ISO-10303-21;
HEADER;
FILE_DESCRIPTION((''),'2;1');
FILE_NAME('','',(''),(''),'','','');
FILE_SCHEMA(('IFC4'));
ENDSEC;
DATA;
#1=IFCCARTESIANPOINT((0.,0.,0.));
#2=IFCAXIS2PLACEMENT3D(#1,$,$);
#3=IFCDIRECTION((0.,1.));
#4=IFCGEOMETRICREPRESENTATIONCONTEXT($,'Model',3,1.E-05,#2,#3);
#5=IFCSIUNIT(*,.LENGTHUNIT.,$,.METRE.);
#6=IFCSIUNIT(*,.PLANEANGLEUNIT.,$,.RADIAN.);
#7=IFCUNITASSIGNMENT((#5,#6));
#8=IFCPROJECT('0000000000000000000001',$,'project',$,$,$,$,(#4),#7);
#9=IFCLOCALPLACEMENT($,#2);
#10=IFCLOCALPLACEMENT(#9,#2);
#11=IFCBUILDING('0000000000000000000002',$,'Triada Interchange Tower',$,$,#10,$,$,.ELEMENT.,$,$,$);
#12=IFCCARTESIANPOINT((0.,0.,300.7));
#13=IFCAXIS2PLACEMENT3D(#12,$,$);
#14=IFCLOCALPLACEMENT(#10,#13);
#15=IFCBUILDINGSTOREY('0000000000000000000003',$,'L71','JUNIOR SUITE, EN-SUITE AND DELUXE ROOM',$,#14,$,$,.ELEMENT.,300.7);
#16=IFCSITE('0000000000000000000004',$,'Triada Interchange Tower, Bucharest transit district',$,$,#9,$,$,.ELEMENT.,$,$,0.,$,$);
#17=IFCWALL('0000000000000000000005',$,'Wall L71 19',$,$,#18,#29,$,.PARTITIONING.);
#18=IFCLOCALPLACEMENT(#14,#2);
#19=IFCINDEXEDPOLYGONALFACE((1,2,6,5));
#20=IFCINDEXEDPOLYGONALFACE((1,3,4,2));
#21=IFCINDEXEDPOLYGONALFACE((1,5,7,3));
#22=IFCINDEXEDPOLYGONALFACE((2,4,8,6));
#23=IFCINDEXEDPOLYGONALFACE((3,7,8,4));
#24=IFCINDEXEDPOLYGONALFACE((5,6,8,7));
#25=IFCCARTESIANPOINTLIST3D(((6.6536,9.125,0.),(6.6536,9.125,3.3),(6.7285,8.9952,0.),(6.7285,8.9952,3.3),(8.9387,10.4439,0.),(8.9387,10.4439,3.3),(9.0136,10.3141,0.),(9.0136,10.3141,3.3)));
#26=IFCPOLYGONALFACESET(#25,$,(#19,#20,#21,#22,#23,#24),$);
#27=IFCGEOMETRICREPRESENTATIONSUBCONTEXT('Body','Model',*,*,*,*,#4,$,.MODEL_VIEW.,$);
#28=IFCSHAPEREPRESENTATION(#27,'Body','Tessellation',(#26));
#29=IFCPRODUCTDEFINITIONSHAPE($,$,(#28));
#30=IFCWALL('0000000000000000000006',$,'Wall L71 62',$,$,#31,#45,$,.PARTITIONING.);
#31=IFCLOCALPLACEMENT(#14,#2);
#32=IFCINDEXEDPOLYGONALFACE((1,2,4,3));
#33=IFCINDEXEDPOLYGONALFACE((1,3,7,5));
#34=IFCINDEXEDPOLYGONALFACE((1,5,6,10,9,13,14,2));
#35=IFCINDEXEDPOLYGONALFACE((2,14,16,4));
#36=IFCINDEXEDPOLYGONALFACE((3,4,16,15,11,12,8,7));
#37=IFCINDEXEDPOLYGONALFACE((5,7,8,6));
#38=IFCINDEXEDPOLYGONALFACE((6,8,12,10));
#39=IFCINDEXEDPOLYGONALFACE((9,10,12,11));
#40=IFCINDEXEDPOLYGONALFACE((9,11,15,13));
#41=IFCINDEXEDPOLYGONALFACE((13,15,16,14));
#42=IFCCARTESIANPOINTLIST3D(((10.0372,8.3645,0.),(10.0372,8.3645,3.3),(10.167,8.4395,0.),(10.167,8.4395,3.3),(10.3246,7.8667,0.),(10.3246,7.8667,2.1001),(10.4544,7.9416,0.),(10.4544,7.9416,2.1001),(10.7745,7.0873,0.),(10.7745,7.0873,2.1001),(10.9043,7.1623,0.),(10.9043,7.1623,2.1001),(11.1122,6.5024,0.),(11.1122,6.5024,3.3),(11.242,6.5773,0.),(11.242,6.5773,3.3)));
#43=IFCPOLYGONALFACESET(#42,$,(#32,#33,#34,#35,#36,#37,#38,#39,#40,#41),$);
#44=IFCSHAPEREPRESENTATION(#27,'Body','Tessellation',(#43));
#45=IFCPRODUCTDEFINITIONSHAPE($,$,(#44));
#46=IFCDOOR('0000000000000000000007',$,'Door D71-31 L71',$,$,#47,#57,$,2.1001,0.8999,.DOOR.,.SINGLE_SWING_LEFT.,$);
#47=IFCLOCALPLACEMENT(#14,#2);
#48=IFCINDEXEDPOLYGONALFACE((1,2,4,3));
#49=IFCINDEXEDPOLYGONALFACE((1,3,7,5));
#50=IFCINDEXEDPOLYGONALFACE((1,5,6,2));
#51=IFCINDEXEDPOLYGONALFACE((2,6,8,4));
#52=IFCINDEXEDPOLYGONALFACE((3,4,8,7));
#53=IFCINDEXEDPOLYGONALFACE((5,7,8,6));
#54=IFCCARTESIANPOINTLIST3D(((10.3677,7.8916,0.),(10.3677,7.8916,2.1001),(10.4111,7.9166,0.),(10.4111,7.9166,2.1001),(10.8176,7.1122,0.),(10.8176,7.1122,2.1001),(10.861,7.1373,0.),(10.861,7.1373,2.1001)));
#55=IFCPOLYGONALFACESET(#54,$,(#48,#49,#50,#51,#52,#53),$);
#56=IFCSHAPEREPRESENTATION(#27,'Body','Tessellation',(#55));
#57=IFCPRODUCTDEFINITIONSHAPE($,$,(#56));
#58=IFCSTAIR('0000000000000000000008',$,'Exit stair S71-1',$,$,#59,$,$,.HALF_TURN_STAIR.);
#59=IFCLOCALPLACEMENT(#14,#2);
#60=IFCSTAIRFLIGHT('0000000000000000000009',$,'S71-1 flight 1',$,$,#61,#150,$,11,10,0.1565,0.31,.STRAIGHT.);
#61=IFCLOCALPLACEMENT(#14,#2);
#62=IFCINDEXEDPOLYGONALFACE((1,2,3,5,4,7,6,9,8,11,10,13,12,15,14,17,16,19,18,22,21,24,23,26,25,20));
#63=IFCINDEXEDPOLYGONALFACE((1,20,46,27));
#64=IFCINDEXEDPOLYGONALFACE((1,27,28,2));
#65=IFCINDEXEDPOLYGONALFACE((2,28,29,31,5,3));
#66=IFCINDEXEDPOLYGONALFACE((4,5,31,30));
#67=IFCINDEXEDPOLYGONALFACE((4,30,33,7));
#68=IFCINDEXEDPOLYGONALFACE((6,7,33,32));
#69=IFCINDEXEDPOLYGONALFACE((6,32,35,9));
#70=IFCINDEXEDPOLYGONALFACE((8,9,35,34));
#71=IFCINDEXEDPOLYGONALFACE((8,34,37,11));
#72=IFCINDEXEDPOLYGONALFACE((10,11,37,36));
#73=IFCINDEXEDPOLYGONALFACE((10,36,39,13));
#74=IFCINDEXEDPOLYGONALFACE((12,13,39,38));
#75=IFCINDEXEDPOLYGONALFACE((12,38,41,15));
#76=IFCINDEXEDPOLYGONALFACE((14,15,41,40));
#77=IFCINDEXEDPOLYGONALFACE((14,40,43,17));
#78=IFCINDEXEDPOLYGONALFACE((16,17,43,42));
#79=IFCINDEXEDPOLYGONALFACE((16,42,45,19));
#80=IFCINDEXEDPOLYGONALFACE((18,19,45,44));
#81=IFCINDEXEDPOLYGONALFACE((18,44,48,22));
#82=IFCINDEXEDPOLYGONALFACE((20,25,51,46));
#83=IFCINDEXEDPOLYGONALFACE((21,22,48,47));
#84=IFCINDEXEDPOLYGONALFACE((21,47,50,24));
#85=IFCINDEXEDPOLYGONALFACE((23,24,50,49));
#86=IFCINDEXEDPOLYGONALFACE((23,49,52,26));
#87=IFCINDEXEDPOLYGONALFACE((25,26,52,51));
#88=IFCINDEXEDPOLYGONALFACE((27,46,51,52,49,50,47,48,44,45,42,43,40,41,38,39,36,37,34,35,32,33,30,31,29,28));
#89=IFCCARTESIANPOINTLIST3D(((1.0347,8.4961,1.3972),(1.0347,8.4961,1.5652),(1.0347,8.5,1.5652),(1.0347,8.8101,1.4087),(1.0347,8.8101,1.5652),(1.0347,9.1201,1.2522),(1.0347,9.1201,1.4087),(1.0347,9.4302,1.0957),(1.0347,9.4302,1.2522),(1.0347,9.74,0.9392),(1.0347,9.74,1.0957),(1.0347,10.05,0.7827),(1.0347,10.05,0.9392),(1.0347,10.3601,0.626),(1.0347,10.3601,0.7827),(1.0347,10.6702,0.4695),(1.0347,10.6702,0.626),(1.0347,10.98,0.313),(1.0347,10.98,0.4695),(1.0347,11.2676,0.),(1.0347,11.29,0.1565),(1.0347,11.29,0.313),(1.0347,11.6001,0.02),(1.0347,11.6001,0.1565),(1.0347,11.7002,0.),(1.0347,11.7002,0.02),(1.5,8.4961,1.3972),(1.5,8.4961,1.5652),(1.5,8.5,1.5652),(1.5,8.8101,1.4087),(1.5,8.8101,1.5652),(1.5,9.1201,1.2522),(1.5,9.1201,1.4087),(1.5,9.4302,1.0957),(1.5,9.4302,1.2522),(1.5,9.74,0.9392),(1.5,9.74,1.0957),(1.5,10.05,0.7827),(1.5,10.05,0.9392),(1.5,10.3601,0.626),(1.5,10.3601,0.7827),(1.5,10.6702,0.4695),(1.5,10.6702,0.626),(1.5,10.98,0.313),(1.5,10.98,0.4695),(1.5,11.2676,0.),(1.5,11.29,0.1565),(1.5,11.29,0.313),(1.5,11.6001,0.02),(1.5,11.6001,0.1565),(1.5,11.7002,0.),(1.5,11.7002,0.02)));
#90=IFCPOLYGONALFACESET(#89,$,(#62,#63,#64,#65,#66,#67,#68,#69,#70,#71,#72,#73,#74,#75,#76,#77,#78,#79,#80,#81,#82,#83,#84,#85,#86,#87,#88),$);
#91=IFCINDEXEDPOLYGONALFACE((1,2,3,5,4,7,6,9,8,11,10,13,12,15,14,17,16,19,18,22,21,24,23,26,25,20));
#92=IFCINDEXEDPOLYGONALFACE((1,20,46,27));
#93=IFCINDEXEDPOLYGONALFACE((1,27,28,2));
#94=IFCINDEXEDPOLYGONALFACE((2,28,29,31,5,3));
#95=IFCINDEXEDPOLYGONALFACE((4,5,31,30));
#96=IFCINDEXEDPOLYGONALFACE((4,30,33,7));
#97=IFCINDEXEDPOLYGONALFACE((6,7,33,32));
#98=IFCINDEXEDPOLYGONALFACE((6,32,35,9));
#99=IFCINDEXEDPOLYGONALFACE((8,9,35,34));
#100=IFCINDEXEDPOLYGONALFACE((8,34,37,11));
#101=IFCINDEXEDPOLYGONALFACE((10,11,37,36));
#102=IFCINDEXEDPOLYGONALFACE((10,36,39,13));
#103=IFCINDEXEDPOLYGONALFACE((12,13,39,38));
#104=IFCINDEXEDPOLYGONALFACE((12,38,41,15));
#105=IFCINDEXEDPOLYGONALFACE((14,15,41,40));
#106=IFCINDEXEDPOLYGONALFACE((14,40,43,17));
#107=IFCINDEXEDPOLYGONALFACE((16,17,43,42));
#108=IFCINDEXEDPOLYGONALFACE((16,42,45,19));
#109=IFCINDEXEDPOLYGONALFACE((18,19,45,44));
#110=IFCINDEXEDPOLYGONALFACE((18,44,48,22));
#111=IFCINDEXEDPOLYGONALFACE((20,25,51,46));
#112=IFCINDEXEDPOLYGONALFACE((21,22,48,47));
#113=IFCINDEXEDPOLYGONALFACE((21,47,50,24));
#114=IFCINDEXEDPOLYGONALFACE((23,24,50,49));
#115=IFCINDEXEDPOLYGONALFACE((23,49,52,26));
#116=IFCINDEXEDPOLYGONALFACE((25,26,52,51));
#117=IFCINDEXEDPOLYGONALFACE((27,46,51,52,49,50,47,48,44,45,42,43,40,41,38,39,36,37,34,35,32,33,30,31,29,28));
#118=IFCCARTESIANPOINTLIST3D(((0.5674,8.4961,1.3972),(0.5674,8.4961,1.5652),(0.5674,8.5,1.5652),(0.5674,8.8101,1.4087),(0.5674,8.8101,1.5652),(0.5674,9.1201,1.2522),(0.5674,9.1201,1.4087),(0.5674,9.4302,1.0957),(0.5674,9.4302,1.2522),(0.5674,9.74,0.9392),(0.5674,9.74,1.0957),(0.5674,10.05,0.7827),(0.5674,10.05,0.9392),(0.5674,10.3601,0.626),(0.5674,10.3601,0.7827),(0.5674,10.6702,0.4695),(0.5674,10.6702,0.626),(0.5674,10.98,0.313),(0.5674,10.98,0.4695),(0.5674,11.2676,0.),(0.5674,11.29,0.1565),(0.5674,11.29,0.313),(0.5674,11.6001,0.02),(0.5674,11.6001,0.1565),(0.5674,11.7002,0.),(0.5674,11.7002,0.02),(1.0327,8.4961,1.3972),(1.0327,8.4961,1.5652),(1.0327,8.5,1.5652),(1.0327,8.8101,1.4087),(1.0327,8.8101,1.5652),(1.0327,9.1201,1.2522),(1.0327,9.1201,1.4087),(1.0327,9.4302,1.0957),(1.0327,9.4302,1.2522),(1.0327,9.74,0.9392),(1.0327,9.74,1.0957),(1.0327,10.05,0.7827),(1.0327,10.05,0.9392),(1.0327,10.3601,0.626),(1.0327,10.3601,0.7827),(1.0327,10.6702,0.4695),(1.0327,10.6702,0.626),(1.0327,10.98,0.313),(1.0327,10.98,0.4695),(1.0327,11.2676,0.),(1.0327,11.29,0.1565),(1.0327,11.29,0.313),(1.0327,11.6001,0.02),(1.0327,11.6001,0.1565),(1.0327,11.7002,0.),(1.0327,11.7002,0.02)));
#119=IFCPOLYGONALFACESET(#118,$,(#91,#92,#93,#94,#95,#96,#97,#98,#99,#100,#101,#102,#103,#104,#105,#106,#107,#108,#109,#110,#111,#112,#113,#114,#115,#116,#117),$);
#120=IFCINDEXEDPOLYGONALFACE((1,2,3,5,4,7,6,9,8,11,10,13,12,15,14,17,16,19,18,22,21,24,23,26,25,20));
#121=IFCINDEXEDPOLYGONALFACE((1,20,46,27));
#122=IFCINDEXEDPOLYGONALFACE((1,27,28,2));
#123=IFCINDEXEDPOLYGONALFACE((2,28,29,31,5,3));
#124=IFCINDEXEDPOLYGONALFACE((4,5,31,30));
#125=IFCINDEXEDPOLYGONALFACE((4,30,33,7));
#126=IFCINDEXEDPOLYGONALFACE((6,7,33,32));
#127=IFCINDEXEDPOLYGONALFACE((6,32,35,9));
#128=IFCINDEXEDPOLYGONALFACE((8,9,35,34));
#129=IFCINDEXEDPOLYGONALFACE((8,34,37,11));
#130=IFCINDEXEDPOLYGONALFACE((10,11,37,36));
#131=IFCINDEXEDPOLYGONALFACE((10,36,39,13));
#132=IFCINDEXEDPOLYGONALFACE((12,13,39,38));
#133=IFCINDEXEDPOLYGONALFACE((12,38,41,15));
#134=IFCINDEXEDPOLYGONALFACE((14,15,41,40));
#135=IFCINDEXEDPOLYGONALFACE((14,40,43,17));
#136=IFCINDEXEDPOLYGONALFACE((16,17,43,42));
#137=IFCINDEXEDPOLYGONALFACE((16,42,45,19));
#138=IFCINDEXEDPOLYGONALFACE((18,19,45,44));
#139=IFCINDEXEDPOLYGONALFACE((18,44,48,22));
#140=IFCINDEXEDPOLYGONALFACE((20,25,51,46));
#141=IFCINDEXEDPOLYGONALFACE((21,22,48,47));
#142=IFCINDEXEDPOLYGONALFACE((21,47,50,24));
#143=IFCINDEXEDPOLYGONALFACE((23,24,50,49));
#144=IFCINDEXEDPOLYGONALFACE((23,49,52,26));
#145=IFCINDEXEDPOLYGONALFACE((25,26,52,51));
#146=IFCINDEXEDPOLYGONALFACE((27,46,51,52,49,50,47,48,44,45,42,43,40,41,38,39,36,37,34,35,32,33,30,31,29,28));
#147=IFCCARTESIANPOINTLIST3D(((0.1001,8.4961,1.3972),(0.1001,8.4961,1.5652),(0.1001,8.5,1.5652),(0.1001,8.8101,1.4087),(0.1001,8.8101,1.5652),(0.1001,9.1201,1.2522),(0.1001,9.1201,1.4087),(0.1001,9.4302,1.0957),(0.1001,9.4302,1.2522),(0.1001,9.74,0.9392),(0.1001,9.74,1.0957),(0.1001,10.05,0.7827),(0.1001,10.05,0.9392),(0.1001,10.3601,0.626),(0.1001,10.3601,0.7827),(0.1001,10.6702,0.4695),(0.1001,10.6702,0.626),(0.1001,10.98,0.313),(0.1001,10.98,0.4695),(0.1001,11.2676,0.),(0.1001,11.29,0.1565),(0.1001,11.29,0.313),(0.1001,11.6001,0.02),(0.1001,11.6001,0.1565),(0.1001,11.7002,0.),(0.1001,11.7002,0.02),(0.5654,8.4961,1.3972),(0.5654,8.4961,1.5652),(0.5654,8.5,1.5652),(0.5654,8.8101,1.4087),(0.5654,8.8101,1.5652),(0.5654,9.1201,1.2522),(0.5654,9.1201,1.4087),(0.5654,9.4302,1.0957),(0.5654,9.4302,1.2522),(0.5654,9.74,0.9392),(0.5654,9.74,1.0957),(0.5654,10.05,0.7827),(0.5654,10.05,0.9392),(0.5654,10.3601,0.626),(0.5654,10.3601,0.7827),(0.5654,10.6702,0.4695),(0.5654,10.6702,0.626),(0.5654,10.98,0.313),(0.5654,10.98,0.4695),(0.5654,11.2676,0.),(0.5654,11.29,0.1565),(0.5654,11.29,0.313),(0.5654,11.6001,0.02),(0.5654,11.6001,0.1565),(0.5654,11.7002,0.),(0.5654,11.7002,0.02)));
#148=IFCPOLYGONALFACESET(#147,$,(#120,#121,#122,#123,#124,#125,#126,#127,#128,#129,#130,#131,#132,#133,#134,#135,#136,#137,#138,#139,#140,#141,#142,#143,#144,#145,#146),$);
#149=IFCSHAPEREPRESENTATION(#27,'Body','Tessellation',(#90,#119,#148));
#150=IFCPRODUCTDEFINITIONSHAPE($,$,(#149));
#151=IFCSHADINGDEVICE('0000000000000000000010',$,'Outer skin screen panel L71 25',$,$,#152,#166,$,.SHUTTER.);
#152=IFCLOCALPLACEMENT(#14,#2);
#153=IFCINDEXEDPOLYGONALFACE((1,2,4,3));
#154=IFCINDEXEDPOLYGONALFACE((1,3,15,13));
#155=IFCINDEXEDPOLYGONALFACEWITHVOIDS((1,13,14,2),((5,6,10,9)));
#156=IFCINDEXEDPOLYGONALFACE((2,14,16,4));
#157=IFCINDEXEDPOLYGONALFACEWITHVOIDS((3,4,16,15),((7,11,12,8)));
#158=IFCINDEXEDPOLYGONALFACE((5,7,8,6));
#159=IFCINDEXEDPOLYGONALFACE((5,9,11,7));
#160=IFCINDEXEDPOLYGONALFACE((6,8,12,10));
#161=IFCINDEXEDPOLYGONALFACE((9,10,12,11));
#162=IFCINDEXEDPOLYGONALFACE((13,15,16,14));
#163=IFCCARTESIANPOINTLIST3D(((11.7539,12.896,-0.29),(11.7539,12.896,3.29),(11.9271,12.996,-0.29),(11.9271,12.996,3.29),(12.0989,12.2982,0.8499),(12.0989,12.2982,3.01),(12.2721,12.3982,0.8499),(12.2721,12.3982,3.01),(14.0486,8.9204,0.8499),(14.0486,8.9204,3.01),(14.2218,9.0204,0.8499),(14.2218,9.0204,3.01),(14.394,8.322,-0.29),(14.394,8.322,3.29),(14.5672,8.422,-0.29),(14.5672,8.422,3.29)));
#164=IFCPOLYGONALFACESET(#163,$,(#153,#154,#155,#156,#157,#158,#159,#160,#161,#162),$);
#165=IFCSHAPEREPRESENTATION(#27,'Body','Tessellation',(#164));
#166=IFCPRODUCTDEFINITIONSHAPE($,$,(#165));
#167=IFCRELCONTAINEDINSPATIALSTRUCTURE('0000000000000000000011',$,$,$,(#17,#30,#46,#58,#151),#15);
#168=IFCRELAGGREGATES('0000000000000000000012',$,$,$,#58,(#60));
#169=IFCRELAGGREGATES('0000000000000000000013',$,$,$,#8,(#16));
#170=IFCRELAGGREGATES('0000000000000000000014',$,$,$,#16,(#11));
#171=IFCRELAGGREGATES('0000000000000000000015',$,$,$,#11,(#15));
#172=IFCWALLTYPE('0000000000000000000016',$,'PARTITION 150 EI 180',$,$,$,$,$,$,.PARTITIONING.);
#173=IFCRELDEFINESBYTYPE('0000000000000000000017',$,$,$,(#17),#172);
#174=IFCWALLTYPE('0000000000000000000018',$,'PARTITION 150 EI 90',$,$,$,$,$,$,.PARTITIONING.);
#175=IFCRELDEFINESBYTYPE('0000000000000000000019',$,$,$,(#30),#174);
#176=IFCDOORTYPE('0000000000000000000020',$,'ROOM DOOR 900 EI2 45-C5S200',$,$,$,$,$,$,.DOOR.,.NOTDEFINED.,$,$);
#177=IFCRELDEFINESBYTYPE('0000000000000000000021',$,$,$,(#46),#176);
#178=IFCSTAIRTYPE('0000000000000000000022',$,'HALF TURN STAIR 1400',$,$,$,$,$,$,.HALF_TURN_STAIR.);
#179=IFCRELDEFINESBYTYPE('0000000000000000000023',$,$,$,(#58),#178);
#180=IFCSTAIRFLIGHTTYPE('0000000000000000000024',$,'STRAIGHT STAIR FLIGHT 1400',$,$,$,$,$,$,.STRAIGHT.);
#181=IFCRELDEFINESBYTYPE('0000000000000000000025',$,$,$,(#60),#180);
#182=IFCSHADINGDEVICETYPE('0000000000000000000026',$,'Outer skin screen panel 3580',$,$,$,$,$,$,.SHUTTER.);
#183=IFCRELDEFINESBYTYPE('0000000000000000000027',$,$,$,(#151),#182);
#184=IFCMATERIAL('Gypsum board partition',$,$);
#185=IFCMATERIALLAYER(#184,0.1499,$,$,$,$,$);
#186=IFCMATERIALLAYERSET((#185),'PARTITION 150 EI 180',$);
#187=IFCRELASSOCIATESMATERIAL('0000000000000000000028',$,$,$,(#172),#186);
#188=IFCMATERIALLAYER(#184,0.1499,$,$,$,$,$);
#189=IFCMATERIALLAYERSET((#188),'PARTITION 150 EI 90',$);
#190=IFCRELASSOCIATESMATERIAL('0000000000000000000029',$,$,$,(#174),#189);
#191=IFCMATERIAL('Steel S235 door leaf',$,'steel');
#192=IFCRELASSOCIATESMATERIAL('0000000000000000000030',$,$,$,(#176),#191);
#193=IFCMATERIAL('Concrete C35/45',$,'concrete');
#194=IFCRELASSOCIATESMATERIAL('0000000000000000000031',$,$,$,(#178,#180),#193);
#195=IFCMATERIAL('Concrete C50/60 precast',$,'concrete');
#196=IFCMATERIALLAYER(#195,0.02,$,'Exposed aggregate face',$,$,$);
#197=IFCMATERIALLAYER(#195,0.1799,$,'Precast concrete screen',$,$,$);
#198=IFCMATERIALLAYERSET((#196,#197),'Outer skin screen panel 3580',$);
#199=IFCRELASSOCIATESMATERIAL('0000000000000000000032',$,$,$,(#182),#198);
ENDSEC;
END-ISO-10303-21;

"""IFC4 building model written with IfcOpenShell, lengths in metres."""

from ifc_helpers import new_model, si_unit, direction, frame, frame_2d, origin, place, context, subcontext, project, spatial, polyline, rectangle, outline, extrude, material, layer, layer_set, type_object, element, fill, aggregate, save


model = new_model("IFC4")

# Units and contexts
model_context = context("Model", 3, precision=1e-05, world=origin(), true_north=direction((0.0, 1.0)))
body_context = subcontext(model_context, "Body", "Model", "MODEL_VIEW")
ifc_project = project(units=[si_unit("LENGTHUNIT", "METRE"), si_unit("PLANEANGLEUNIT", "RADIAN")], contexts=[model_context])

# Site, building, storey
site_placement = place(None, origin())
site = spatial("IfcSite", under=ifc_project, at=site_placement, Name="Triada Interchange Tower, Bucharest transit district", CompositionType="ELEMENT", RefElevation=0.0)
building_placement = place(site_placement, origin())
building = spatial("IfcBuilding", under=site, at=building_placement, Name="Triada Interchange Tower", CompositionType="ELEMENT")
storey_placement = place(building_placement, frame((0.0, 0.0, 300.7)))
storey = spatial("IfcBuildingStorey", under=building, at=storey_placement, Name="L71", Description="JUNIOR SUITE, EN-SUITE AND DELUXE ROOM", CompositionType="ELEMENT", Elevation=300.7)

# Shared definitions
ifc_material_1 = material(Name="Steel S235 door leaf", Category="steel")

# Wall
ifc_material_2 = material(Name="Gypsum board partition")
ifc_layer_1 = layer(ifc_material_2, 0.1499)
ifc_layer_set_1 = layer_set([ifc_layer_1], Name="PARTITION 150 EI 180")
wall_type_1 = type_object("IfcWallType", Name="PARTITION 150 EI 180", PredefinedType="PARTITIONING", material=ifc_layer_set_1)
wall_1_placement = place(storey_placement, frame((6.6909, 9.0601, 0.0), z_axis=(0.0, 0.0, 1.0), x_axis=(0.866105, 0.499861, 0.0)))
element("IfcWall", 1, at=wall_1_placement, inside=storey, type_object=wall_type_1, Name="Wall L71 19", PredefinedType="PARTITIONING", context=body_context, shape_type="SweptSolid", body=[
    extrude(rectangle(XDim=2.6384, YDim=0.1499, at=frame_2d((1.3193, 0.0))), origin(), (0.0, 0.0, 1.0), 3.3),
])

# Wall, opening, door
ifc_layer_2 = layer(ifc_material_2, 0.1499)
ifc_layer_set_2 = layer_set([ifc_layer_2], Name="PARTITION 150 EI 90")
wall_type_2 = type_object("IfcWallType", Name="PARTITION 150 EI 90", PredefinedType="PARTITIONING", material=ifc_layer_set_2)
wall_2_placement = place(storey_placement, frame((10.1021, 8.4021, 0.0), z_axis=(0.0, 0.0, 1.0), x_axis=(0.499962, -0.866048, 0.0)))
wall_2 = element("IfcWall", 2, at=wall_2_placement, inside=storey, type_object=wall_type_2, Name="Wall L71 62", PredefinedType="PARTITIONING", context=body_context, shape_type="SweptSolid", body=[
    extrude(rectangle(XDim=2.1501, YDim=0.1499, at=frame_2d((1.0752, 0.0))), origin(), (0.0, 0.0, 1.0), 3.3),
])
opening_1_placement = place(wall_2_placement, frame((0.575, 0.0, 0.0)))
opening_1 = element("IfcOpeningElement", 3, at=opening_1_placement, cuts=wall_2, PredefinedType="OPENING", context=body_context, shape_type="SweptSolid", body=[
    extrude(rectangle(XDim=0.8999, YDim=2.1001, at=frame_2d((0.45, 1.05))), frame((0.0, 0.085, 0.0), z_axis=(0.0, -1.0, 0.0), x_axis=(1.0, 0.0, 0.0)), (0.0, 0.0, 1.0), 0.1699),
])
door_type_1 = type_object("IfcDoorType", Name="ROOM DOOR 900 EI2 45-C5S200", OperationType="NOTDEFINED", PredefinedType="DOOR", material=ifc_material_1)
door_1_placement = place(opening_1_placement, origin())
door_1 = element("IfcDoor", 4, at=door_1_placement, inside=storey, type_object=door_type_1, Name="Door D71-31 L71", OperationType="SINGLE_SWING_LEFT", OverallHeight=2.1001, OverallWidth=0.8999, PredefinedType="DOOR", context=body_context, shape_type="SweptSolid", body=[
    extrude(rectangle(XDim=0.8999, YDim=2.1001, at=frame_2d((0.45, 1.05))), frame((0.0, 0.0249, 0.0), z_axis=(0.0, -1.0, 0.0), x_axis=(1.0, 0.0, 0.0)), (0.0, 0.0, 1.0), 0.05),
])
fill(opening_1, door_1)

# Stair, stair flight
ifc_material_3 = material(Name="Concrete C35/45", Category="concrete")
stair_type = type_object("IfcStairType", Name="HALF TURN STAIR 1400", PredefinedType="HALF_TURN_STAIR", material=ifc_material_3)
stair_placement = place(storey_placement, origin())
stair = element("IfcStair", 5, at=stair_placement, inside=storey, type_object=stair_type, Name="Exit stair S71-1", PredefinedType="HALF_TURN_STAIR")
stair_flight_type = type_object("IfcStairFlightType", Name="STRAIGHT STAIR FLIGHT 1400", PredefinedType="STRAIGHT", material=ifc_material_3)
stair_flight_placement = place(storey_placement, frame((0.8, 11.6001, 0.0), z_axis=(0.0, 0.0, 1.0), x_axis=(0.0, -1.0, 0.0)))
stair_flight = element("IfcStairFlight", 6, at=stair_flight_placement, type_object=stair_flight_type, Name="S71-1 flight 1", NumberOfRisers=11, NumberOfTreads=10, PredefinedType="STRAIGHT", RiserHeight=0.1565, TreadLength=0.31, context=body_context, shape_type="SweptSolid", body=[
    extrude(outline(polyline([(-0.1001, 0.0), (-0.1001, 0.02), (0.0, 0.02), (0.0, 0.1565), (0.3101, 0.1565), (0.3101, 0.313), (0.6201, 0.313), (0.6201, 0.4695), (0.9299, 0.4695), (0.9299, 0.626), (1.24, 0.626), (1.24, 0.7827), (1.55, 0.7827), (1.55, 0.9392), (1.8601, 0.9392), (1.8601, 1.0957), (2.1699, 1.0957), (2.1699, 1.2522), (2.48, 1.2522), (2.48, 1.4087), (2.79, 1.4087), (2.79, 1.5652), (3.1001, 1.5652), (3.104, 1.5652), (3.104, 1.7217), (3.104, 1.3972), (0.3325, 0.0), (-0.1001, 0.0)])), frame((0.0, 0.7, 0.0), z_axis=(0.0, -1.0, 0.0), x_axis=(1.0, 0.0, 0.0)), (0.0, 0.0, 1.0), 0.4653),
    extrude(outline(polyline([(-0.1001, 0.0), (-0.1001, 0.02), (0.0, 0.02), (0.0, 0.1565), (0.3101, 0.1565), (0.3101, 0.313), (0.6201, 0.313), (0.6201, 0.4695), (0.9299, 0.4695), (0.9299, 0.626), (1.24, 0.626), (1.24, 0.7827), (1.55, 0.7827), (1.55, 0.9392), (1.8601, 0.9392), (1.8601, 1.0957), (2.1699, 1.0957), (2.1699, 1.2522), (2.48, 1.2522), (2.48, 1.4087), (2.79, 1.4087), (2.79, 1.5652), (3.1001, 1.5652), (3.104, 1.5652), (3.104, 1.7217), (3.104, 1.3972), (0.3325, 0.0), (-0.1001, 0.0)])), frame((0.0, 0.2327, 0.0), z_axis=(0.0, -1.0, 0.0), x_axis=(1.0, 0.0, 0.0)), (0.0, 0.0, 1.0), 0.4653),
    extrude(outline(polyline([(-0.1001, 0.0), (-0.1001, 0.02), (0.0, 0.02), (0.0, 0.1565), (0.3101, 0.1565), (0.3101, 0.313), (0.6201, 0.313), (0.6201, 0.4695), (0.9299, 0.4695), (0.9299, 0.626), (1.24, 0.626), (1.24, 0.7827), (1.55, 0.7827), (1.55, 0.9392), (1.8601, 0.9392), (1.8601, 1.0957), (2.1699, 1.0957), (2.1699, 1.2522), (2.48, 1.2522), (2.48, 1.4087), (2.79, 1.4087), (2.79, 1.5652), (3.1001, 1.5652), (3.104, 1.5652), (3.104, 1.7217), (3.104, 1.3972), (0.3325, 0.0), (-0.1001, 0.0)])), frame((0.0, -0.2346, 0.0), z_axis=(0.0, -1.0, 0.0), x_axis=(1.0, 0.0, 0.0)), (0.0, 0.0, 1.0), 0.4653),
])

# Shading device
ifc_material_4 = material(Name="Concrete C50/60 precast", Category="concrete")
ifc_layer_3 = layer(ifc_material_4, 0.02, Name="Exposed aggregate face")
ifc_layer_4 = layer(ifc_material_4, 0.1799, Name="Precast concrete screen")
ifc_layer_set_3 = layer_set([ifc_layer_3, ifc_layer_4], Name="Outer skin screen panel 3580")
shading_device_type = type_object("IfcShadingDeviceType", Name="Outer skin screen panel 3580", PredefinedType="SHUTTER", material=ifc_layer_set_3)
shading_device_1_placement = place(storey_placement, frame((14.394, 8.322, -0.29), z_axis=(0.0, 0.0, 1.0), x_axis=(-0.499908, 0.866079, 0.0)))
element("IfcShadingDevice", 7, at=shading_device_1_placement, inside=storey, type_object=shading_device_type, Name="Outer skin screen panel L71 25", PredefinedType="SHUTTER", context=body_context, shape_type="SweptSolid", body=[
    extrude(outline(polyline([(0.0, 0.0), (5.2812, 0.0), (5.2812, 3.5801), (0.0, 3.5801), (0.0, 0.0)]), holes=[polyline([(0.6909, 1.1399), (0.6909, 3.3), (4.5911, 3.3), (4.5911, 1.1399), (0.6909, 1.1399)])]), frame((0.0, 0.0, 0.0), z_axis=(0.0, -1.0, 0.0), x_axis=(1.0, 0.0, 0.0)), (0.0, 0.0, 1.0), 0.2),
])

aggregate(stair, [stair_flight])

save(model, "model.ifc")
